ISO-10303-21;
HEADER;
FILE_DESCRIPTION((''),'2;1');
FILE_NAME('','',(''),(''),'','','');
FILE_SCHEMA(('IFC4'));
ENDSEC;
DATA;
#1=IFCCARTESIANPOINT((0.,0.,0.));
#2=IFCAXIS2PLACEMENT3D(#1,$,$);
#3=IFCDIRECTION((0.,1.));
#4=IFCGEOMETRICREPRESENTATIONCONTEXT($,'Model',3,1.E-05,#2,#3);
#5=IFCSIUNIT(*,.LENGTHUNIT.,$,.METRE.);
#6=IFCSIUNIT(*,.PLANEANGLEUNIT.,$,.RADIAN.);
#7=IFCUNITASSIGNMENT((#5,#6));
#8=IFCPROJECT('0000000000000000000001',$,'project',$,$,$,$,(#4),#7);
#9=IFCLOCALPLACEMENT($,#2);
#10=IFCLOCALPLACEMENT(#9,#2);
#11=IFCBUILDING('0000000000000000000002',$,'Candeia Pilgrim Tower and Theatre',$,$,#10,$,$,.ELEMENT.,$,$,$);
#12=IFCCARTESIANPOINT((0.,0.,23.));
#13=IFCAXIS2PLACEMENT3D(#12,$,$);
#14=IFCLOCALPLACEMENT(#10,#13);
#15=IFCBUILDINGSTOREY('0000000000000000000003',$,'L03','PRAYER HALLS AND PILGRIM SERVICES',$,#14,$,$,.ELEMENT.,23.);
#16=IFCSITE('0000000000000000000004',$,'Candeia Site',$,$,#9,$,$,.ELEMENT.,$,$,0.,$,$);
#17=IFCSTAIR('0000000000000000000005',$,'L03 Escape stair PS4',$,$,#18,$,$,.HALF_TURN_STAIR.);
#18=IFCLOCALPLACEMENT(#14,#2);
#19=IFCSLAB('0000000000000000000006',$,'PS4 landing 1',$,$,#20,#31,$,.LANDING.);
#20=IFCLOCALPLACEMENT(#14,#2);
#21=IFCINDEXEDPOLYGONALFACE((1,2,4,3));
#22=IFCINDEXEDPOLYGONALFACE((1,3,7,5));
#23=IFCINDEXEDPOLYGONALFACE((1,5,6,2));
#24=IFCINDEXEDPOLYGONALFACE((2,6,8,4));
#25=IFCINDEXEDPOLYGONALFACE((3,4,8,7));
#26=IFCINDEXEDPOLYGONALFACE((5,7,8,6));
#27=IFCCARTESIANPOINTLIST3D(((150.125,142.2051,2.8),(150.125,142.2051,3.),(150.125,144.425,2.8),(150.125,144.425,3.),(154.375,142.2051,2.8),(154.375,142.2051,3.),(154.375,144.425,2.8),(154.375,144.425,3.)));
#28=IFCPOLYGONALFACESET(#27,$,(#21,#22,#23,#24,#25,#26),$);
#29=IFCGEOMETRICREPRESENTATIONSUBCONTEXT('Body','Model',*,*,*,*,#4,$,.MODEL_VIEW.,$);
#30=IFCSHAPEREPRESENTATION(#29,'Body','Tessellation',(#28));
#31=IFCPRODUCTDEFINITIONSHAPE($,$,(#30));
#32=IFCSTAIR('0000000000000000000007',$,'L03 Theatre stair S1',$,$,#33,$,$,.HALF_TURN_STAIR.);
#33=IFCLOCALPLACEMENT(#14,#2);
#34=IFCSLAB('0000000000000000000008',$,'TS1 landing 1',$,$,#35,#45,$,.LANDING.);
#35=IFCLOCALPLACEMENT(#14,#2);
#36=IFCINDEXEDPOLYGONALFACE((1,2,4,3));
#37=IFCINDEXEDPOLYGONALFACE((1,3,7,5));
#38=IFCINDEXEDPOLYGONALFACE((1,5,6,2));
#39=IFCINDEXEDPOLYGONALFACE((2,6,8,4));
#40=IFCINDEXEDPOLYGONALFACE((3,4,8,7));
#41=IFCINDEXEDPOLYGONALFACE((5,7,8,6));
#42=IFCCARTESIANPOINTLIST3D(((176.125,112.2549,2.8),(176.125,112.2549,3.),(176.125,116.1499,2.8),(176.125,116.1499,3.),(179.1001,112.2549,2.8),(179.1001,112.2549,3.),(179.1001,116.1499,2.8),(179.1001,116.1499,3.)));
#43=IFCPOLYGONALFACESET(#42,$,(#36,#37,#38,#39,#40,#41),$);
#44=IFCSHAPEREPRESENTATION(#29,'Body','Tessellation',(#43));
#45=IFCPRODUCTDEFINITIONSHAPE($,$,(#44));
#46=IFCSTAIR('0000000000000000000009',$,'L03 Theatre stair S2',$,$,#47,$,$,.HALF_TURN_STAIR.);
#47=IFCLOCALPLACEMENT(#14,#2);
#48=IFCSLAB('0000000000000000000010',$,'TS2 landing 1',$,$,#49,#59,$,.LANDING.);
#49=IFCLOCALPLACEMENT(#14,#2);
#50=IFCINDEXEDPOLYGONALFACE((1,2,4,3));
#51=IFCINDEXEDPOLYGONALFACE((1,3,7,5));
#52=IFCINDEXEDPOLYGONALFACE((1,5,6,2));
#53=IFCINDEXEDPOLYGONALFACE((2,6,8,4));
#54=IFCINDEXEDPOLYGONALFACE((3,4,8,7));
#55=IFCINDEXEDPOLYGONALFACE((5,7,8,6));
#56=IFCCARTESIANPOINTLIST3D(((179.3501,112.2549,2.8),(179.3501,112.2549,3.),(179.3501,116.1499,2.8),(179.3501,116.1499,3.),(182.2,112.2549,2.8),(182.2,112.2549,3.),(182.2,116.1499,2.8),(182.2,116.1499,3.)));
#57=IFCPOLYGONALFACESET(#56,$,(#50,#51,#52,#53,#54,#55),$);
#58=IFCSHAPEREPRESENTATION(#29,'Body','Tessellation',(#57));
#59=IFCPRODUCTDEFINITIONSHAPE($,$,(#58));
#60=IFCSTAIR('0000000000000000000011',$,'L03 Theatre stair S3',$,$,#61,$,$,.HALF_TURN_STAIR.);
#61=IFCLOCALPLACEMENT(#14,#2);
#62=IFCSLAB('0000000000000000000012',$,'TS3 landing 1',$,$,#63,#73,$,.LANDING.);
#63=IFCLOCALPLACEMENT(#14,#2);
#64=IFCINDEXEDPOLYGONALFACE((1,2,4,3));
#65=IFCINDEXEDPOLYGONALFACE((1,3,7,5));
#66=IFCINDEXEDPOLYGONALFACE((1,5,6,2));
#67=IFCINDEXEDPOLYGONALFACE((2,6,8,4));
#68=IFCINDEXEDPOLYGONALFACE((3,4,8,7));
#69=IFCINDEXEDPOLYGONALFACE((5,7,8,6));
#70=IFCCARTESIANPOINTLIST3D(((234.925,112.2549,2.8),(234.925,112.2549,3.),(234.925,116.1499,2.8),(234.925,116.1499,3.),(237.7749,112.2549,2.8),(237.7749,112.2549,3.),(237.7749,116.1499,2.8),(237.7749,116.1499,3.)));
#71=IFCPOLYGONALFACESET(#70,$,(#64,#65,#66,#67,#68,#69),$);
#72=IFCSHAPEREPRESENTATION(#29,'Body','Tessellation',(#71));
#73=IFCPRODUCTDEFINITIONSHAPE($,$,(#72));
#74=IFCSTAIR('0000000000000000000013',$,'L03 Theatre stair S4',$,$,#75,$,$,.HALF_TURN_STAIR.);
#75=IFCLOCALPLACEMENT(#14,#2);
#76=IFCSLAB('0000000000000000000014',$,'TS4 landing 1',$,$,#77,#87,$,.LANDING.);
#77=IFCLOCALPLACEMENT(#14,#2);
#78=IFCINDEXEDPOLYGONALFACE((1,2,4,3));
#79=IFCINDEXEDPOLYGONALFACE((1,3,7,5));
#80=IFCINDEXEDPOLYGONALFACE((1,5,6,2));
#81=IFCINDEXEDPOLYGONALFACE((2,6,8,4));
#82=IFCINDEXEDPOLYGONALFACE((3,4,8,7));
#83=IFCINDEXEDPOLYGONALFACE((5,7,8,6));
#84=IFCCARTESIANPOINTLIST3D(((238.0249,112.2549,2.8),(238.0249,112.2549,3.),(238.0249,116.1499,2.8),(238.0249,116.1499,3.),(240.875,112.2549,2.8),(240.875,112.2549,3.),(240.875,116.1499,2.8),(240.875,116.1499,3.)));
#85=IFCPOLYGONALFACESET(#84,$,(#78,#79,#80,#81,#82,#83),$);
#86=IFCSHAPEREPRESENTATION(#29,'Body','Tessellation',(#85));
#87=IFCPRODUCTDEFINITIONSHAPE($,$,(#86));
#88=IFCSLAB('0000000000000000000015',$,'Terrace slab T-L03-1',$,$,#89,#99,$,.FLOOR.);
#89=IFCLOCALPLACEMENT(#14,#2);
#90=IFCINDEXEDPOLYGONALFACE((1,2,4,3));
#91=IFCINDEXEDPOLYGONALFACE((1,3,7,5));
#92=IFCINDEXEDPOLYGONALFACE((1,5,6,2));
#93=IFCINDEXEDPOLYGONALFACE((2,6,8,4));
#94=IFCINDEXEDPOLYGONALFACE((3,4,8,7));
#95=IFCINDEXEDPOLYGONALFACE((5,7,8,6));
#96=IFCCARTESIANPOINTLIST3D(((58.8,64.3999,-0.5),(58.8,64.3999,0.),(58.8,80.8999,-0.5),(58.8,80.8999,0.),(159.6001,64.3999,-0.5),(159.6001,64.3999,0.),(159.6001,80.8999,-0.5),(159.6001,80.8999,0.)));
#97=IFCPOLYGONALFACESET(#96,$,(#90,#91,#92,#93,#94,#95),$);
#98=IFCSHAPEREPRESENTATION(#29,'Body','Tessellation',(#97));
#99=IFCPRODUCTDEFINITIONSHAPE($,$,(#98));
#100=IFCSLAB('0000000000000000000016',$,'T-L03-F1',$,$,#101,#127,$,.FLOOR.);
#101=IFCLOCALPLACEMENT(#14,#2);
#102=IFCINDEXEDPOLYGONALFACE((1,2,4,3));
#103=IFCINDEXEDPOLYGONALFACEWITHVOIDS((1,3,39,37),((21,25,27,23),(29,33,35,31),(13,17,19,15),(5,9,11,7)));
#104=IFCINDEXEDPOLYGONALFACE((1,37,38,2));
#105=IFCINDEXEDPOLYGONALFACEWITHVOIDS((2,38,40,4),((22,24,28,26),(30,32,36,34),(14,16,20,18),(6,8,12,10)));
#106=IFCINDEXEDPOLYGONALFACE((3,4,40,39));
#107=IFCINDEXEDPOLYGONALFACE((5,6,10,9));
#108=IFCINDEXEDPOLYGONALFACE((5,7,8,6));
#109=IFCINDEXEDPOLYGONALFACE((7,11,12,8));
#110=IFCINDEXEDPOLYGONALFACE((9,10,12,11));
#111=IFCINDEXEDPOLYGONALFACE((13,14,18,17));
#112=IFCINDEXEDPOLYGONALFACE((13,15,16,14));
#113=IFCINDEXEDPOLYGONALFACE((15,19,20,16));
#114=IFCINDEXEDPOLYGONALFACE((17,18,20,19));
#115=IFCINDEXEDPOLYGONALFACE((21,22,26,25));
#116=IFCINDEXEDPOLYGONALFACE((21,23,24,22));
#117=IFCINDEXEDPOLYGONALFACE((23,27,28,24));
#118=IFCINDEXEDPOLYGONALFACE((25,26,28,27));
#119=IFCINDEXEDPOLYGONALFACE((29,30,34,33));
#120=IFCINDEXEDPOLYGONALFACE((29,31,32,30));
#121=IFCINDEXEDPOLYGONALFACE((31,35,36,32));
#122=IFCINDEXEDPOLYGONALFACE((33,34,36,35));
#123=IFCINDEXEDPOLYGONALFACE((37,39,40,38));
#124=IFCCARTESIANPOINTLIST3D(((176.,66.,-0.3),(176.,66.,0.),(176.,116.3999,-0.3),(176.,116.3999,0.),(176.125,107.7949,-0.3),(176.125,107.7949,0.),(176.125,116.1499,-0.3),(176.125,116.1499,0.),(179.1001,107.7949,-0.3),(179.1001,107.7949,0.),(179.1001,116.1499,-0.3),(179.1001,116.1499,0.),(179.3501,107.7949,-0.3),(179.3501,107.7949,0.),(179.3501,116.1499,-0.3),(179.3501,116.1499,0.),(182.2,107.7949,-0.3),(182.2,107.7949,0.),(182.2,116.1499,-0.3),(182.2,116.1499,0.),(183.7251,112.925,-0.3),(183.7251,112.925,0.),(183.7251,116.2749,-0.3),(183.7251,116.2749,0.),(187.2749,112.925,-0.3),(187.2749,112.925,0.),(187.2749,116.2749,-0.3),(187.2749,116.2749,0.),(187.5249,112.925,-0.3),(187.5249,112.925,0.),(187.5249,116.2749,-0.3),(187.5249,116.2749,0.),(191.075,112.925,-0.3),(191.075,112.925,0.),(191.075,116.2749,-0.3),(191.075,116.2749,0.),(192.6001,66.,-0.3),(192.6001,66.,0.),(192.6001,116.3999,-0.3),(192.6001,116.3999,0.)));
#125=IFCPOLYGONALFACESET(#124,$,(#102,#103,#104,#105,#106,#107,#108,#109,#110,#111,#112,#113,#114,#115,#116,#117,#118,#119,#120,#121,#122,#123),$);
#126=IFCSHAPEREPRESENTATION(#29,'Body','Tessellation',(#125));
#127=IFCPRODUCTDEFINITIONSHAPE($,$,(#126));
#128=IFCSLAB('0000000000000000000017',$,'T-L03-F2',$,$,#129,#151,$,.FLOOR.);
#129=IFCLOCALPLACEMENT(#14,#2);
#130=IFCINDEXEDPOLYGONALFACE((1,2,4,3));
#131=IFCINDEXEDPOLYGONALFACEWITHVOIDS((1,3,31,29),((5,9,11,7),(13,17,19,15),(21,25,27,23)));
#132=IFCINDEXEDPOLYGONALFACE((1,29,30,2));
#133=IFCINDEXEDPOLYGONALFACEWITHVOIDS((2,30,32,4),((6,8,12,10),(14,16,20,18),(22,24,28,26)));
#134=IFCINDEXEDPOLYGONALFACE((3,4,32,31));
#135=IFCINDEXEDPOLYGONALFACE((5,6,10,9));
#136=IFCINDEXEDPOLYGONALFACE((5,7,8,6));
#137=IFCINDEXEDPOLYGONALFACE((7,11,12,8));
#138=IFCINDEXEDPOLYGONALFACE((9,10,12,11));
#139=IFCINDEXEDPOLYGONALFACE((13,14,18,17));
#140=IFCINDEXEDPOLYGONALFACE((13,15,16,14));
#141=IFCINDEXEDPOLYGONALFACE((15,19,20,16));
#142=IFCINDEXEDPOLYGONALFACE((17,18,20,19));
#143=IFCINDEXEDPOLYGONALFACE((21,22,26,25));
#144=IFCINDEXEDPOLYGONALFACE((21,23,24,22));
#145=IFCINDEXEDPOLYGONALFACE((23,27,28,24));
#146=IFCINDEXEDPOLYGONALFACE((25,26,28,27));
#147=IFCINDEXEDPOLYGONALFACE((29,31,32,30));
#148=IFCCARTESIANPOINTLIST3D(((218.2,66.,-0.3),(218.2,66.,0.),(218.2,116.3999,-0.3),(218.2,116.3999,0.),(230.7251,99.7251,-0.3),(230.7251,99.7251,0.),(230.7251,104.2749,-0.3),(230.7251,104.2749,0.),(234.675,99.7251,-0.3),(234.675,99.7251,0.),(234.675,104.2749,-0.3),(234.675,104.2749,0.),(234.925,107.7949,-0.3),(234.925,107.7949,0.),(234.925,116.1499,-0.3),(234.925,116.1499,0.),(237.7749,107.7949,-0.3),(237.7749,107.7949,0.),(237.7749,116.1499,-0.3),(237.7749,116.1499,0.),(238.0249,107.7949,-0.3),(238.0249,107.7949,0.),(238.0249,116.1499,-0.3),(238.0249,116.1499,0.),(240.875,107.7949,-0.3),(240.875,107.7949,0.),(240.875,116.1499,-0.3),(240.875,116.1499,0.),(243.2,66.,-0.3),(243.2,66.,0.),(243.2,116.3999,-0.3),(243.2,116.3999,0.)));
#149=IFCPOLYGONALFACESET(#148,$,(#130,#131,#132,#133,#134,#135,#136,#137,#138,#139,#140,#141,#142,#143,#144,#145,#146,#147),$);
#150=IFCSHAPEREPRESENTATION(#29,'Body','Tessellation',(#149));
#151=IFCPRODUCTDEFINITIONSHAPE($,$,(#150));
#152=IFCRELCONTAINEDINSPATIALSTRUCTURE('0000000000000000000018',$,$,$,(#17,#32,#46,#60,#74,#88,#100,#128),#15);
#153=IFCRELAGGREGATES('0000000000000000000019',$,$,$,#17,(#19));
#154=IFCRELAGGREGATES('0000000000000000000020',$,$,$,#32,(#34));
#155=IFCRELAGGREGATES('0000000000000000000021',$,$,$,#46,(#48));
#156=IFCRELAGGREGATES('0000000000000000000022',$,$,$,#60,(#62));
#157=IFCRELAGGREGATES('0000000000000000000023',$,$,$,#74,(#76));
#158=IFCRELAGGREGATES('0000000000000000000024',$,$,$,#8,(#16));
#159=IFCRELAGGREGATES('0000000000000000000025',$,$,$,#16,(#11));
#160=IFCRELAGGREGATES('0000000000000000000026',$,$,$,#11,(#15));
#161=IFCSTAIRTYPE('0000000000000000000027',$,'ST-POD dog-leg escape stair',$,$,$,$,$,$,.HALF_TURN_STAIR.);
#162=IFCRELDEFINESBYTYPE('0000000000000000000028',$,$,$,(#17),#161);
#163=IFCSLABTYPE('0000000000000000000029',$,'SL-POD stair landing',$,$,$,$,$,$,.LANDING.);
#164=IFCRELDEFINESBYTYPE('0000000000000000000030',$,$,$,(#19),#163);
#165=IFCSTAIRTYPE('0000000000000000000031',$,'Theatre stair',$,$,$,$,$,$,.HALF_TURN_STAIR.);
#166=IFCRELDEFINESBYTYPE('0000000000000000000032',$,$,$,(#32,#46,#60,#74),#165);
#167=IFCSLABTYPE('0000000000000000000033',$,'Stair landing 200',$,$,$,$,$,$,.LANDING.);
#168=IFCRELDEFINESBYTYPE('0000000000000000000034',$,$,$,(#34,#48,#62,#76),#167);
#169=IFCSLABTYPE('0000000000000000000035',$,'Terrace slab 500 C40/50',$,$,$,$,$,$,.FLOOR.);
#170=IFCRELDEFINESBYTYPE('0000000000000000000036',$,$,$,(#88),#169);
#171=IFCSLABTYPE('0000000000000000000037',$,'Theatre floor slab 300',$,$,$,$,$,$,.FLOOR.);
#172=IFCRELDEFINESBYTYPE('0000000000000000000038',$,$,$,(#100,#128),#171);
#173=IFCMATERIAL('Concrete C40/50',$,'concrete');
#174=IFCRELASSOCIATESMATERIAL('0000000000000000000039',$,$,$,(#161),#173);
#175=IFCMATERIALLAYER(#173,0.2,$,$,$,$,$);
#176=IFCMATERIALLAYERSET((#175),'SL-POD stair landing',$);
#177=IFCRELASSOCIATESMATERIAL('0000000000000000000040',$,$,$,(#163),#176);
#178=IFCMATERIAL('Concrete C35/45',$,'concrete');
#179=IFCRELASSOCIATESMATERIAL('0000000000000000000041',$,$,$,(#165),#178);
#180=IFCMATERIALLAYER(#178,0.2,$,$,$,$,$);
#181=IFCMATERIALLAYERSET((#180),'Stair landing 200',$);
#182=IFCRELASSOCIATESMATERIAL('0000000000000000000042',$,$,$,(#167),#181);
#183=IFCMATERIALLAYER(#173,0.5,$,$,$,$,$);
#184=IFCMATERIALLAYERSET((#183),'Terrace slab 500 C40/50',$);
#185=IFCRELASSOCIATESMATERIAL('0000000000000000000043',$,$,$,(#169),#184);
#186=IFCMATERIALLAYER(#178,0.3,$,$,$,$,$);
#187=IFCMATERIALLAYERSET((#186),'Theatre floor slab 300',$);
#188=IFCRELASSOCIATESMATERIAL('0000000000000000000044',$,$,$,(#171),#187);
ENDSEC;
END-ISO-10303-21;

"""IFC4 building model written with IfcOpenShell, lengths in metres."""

from ifc_helpers import new_model, si_unit, direction, frame, origin, place, context, subcontext, project, spatial, polyline, outline, extrude, material, layer, layer_set, type_object, element, aggregate, save


model = new_model("IFC4")

# Units and contexts
model_context = context("Model", 3, precision=1e-05, world=origin(), true_north=direction((0.0, 1.0)))
body_context = subcontext(model_context, "Body", "Model", "MODEL_VIEW")
ifc_project = project(units=[si_unit("LENGTHUNIT", "METRE"), si_unit("PLANEANGLEUNIT", "RADIAN")], contexts=[model_context])

# Site, building, storey
site_placement = place(None, origin())
site = spatial("IfcSite", under=ifc_project, at=site_placement, Name="Candeia Site", CompositionType="ELEMENT", RefElevation=0.0)
building_placement = place(site_placement, origin())
building = spatial("IfcBuilding", under=site, at=building_placement, Name="Candeia Pilgrim Tower and Theatre", CompositionType="ELEMENT")
storey_placement = place(building_placement, frame((0.0, 0.0, 23.0)))
storey = spatial("IfcBuildingStorey", under=building, at=storey_placement, Name="L03", Description="PRAYER HALLS AND PILGRIM SERVICES", CompositionType="ELEMENT", Elevation=23.0)

# Shared definitions
ifc_material_1 = material(Name="Concrete C40/50", Category="concrete")

# Stairs, slabs
stair_type_1 = type_object("IfcStairType", Name="ST-POD dog-leg escape stair", PredefinedType="HALF_TURN_STAIR", material=ifc_material_1)
ifc_layer_1 = layer(ifc_material_1, 0.2)
ifc_layer_set_1 = layer_set([ifc_layer_1], Name="SL-POD stair landing")
slab_type_1 = type_object("IfcSlabType", Name="SL-POD stair landing", PredefinedType="LANDING", material=ifc_layer_set_1)
stair_1_placement = place(storey_placement, origin())
stair_1 = element("IfcStair", 1, at=stair_1_placement, inside=storey, type_object=stair_type_1, Name="L03 Escape stair PS4", PredefinedType="HALF_TURN_STAIR")
slab_1_placement = place(storey_placement, frame((0.0, 0.0, 2.8)))
slab_1 = element("IfcSlab", 2, at=slab_1_placement, type_object=slab_type_1, Name="PS4 landing 1", PredefinedType="LANDING", context=body_context, shape_type="SweptSolid", body=[
    extrude(outline(polyline([(154.375, 142.2051), (154.375, 144.425), (150.125, 144.425), (150.125, 142.2051), (154.375, 142.2051)])), origin(), (0.0, 0.0, 1.0), 0.2),
])
aggregate(stair_1, [slab_1])
ifc_material_2 = material(Name="Concrete C35/45", Category="concrete")
stair_type_2 = type_object("IfcStairType", Name="Theatre stair", PredefinedType="HALF_TURN_STAIR", material=ifc_material_2)
stair_2_placement = place(storey_placement, origin())
stair_2 = element("IfcStair", 3, at=stair_2_placement, inside=storey, type_object=stair_type_2, Name="L03 Theatre stair S1", PredefinedType="HALF_TURN_STAIR")
ifc_layer_2 = layer(ifc_material_2, 0.2)
ifc_layer_set_2 = layer_set([ifc_layer_2], Name="Stair landing 200")
slab_type_2 = type_object("IfcSlabType", Name="Stair landing 200", PredefinedType="LANDING", material=ifc_layer_set_2)
slab_2_placement = place(storey_placement, frame((0.0, 0.0, 2.8)))
slab_2 = element("IfcSlab", 4, at=slab_2_placement, type_object=slab_type_2, Name="TS1 landing 1", PredefinedType="LANDING", context=body_context, shape_type="SweptSolid", body=[
    extrude(outline(polyline([(179.1001, 112.2549), (179.1001, 116.1499), (176.125, 116.1499), (176.125, 112.2549), (179.1001, 112.2549)])), origin(), (0.0, 0.0, 1.0), 0.2),
])
aggregate(stair_2, [slab_2])
stair_3_placement = place(storey_placement, origin())
stair_3 = element("IfcStair", 5, at=stair_3_placement, inside=storey, type_object=stair_type_2, Name="L03 Theatre stair S2", PredefinedType="HALF_TURN_STAIR")
slab_3_placement = place(storey_placement, frame((0.0, 0.0, 2.8)))
slab_3 = element("IfcSlab", 6, at=slab_3_placement, type_object=slab_type_2, Name="TS2 landing 1", PredefinedType="LANDING", context=body_context, shape_type="SweptSolid", body=[
    extrude(outline(polyline([(182.2, 112.2549), (182.2, 116.1499), (179.3501, 116.1499), (179.3501, 112.2549), (182.2, 112.2549)])), origin(), (0.0, 0.0, 1.0), 0.2),
])
aggregate(stair_3, [slab_3])
stair_4_placement = place(storey_placement, origin())
stair_4 = element("IfcStair", 7, at=stair_4_placement, inside=storey, type_object=stair_type_2, Name="L03 Theatre stair S3", PredefinedType="HALF_TURN_STAIR")
slab_4_placement = place(storey_placement, frame((0.0, 0.0, 2.8)))
slab_4 = element("IfcSlab", 8, at=slab_4_placement, type_object=slab_type_2, Name="TS3 landing 1", PredefinedType="LANDING", context=body_context, shape_type="SweptSolid", body=[
    extrude(outline(polyline([(237.7749, 112.2549), (237.7749, 116.1499), (234.925, 116.1499), (234.925, 112.2549), (237.7749, 112.2549)])), origin(), (0.0, 0.0, 1.0), 0.2),
])
aggregate(stair_4, [slab_4])
stair_5_placement = place(storey_placement, origin())
stair_5 = element("IfcStair", 9, at=stair_5_placement, inside=storey, type_object=stair_type_2, Name="L03 Theatre stair S4", PredefinedType="HALF_TURN_STAIR")
slab_5_placement = place(storey_placement, frame((0.0, 0.0, 2.8)))
slab_5 = element("IfcSlab", 10, at=slab_5_placement, type_object=slab_type_2, Name="TS4 landing 1", PredefinedType="LANDING", context=body_context, shape_type="SweptSolid", body=[
    extrude(outline(polyline([(240.875, 112.2549), (240.875, 116.1499), (238.0249, 116.1499), (238.0249, 112.2549), (240.875, 112.2549)])), origin(), (0.0, 0.0, 1.0), 0.2),
])
aggregate(stair_5, [slab_5])

# Slabs
ifc_layer_3 = layer(ifc_material_1, 0.5)
ifc_layer_set_3 = layer_set([ifc_layer_3], Name="Terrace slab 500 C40/50")
slab_type_3 = type_object("IfcSlabType", Name="Terrace slab 500 C40/50", PredefinedType="FLOOR", material=ifc_layer_set_3)
slab_6_placement = place(storey_placement, frame((0.0, 0.0, -0.5)))
element("IfcSlab", 11, at=slab_6_placement, inside=storey, type_object=slab_type_3, Name="Terrace slab T-L03-1", PredefinedType="FLOOR", context=body_context, shape_type="SweptSolid", body=[
    extrude(outline(polyline([(58.8, 64.3999), (58.8, 80.8999), (159.6001, 80.8999), (159.6001, 64.3999), (58.8, 64.3999)])), origin(), (0.0, 0.0, 1.0), 0.5),
])
ifc_layer_4 = layer(ifc_material_2, 0.3)
ifc_layer_set_4 = layer_set([ifc_layer_4], Name="Theatre floor slab 300")
slab_type_4 = type_object("IfcSlabType", Name="Theatre floor slab 300", PredefinedType="FLOOR", material=ifc_layer_set_4)
slab_7_placement = place(storey_placement, frame((0.0, 0.0, -0.3)))
element("IfcSlab", 12, at=slab_7_placement, inside=storey, type_object=slab_type_4, Name="T-L03-F1", PredefinedType="FLOOR", context=body_context, shape_type="SweptSolid", body=[
    extrude(outline(polyline([(192.6001, 66.0), (176.0, 66.0), (176.0, 116.3999), (192.6001, 116.3999), (192.6001, 66.0)]), holes=[polyline([(179.1001, 116.1499), (176.125, 116.1499), (176.125, 107.7949), (179.1001, 107.7949), (179.1001, 116.1499)]), polyline([(182.2, 107.7949), (182.2, 116.1499), (179.3501, 116.1499), (179.3501, 107.7949), (182.2, 107.7949)]), polyline([(183.7251, 112.925), (187.2749, 112.925), (187.2749, 116.2749), (183.7251, 116.2749), (183.7251, 112.925)]), polyline([(187.5249, 116.2749), (187.5249, 112.925), (191.075, 112.925), (191.075, 116.2749), (187.5249, 116.2749)])]), origin(), (0.0, 0.0, 1.0), 0.3),
])
slab_8_placement = place(storey_placement, frame((0.0, 0.0, -0.3)))
element("IfcSlab", 13, at=slab_8_placement, inside=storey, type_object=slab_type_4, Name="T-L03-F2", PredefinedType="FLOOR", context=body_context, shape_type="SweptSolid", body=[
    extrude(outline(polyline([(243.2, 66.0), (218.2, 66.0), (218.2, 116.3999), (243.2, 116.3999), (243.2, 66.0)]), holes=[polyline([(234.925, 107.7949), (237.7749, 107.7949), (237.7749, 116.1499), (234.925, 116.1499), (234.925, 107.7949)]), polyline([(238.0249, 116.1499), (238.0249, 107.7949), (240.875, 107.7949), (240.875, 116.1499), (238.0249, 116.1499)]), polyline([(234.675, 104.2749), (230.7251, 104.2749), (230.7251, 99.7251), (234.675, 99.7251), (234.675, 104.2749)])]), origin(), (0.0, 0.0, 1.0), 0.3),
])

save(model, "model.ifc")
